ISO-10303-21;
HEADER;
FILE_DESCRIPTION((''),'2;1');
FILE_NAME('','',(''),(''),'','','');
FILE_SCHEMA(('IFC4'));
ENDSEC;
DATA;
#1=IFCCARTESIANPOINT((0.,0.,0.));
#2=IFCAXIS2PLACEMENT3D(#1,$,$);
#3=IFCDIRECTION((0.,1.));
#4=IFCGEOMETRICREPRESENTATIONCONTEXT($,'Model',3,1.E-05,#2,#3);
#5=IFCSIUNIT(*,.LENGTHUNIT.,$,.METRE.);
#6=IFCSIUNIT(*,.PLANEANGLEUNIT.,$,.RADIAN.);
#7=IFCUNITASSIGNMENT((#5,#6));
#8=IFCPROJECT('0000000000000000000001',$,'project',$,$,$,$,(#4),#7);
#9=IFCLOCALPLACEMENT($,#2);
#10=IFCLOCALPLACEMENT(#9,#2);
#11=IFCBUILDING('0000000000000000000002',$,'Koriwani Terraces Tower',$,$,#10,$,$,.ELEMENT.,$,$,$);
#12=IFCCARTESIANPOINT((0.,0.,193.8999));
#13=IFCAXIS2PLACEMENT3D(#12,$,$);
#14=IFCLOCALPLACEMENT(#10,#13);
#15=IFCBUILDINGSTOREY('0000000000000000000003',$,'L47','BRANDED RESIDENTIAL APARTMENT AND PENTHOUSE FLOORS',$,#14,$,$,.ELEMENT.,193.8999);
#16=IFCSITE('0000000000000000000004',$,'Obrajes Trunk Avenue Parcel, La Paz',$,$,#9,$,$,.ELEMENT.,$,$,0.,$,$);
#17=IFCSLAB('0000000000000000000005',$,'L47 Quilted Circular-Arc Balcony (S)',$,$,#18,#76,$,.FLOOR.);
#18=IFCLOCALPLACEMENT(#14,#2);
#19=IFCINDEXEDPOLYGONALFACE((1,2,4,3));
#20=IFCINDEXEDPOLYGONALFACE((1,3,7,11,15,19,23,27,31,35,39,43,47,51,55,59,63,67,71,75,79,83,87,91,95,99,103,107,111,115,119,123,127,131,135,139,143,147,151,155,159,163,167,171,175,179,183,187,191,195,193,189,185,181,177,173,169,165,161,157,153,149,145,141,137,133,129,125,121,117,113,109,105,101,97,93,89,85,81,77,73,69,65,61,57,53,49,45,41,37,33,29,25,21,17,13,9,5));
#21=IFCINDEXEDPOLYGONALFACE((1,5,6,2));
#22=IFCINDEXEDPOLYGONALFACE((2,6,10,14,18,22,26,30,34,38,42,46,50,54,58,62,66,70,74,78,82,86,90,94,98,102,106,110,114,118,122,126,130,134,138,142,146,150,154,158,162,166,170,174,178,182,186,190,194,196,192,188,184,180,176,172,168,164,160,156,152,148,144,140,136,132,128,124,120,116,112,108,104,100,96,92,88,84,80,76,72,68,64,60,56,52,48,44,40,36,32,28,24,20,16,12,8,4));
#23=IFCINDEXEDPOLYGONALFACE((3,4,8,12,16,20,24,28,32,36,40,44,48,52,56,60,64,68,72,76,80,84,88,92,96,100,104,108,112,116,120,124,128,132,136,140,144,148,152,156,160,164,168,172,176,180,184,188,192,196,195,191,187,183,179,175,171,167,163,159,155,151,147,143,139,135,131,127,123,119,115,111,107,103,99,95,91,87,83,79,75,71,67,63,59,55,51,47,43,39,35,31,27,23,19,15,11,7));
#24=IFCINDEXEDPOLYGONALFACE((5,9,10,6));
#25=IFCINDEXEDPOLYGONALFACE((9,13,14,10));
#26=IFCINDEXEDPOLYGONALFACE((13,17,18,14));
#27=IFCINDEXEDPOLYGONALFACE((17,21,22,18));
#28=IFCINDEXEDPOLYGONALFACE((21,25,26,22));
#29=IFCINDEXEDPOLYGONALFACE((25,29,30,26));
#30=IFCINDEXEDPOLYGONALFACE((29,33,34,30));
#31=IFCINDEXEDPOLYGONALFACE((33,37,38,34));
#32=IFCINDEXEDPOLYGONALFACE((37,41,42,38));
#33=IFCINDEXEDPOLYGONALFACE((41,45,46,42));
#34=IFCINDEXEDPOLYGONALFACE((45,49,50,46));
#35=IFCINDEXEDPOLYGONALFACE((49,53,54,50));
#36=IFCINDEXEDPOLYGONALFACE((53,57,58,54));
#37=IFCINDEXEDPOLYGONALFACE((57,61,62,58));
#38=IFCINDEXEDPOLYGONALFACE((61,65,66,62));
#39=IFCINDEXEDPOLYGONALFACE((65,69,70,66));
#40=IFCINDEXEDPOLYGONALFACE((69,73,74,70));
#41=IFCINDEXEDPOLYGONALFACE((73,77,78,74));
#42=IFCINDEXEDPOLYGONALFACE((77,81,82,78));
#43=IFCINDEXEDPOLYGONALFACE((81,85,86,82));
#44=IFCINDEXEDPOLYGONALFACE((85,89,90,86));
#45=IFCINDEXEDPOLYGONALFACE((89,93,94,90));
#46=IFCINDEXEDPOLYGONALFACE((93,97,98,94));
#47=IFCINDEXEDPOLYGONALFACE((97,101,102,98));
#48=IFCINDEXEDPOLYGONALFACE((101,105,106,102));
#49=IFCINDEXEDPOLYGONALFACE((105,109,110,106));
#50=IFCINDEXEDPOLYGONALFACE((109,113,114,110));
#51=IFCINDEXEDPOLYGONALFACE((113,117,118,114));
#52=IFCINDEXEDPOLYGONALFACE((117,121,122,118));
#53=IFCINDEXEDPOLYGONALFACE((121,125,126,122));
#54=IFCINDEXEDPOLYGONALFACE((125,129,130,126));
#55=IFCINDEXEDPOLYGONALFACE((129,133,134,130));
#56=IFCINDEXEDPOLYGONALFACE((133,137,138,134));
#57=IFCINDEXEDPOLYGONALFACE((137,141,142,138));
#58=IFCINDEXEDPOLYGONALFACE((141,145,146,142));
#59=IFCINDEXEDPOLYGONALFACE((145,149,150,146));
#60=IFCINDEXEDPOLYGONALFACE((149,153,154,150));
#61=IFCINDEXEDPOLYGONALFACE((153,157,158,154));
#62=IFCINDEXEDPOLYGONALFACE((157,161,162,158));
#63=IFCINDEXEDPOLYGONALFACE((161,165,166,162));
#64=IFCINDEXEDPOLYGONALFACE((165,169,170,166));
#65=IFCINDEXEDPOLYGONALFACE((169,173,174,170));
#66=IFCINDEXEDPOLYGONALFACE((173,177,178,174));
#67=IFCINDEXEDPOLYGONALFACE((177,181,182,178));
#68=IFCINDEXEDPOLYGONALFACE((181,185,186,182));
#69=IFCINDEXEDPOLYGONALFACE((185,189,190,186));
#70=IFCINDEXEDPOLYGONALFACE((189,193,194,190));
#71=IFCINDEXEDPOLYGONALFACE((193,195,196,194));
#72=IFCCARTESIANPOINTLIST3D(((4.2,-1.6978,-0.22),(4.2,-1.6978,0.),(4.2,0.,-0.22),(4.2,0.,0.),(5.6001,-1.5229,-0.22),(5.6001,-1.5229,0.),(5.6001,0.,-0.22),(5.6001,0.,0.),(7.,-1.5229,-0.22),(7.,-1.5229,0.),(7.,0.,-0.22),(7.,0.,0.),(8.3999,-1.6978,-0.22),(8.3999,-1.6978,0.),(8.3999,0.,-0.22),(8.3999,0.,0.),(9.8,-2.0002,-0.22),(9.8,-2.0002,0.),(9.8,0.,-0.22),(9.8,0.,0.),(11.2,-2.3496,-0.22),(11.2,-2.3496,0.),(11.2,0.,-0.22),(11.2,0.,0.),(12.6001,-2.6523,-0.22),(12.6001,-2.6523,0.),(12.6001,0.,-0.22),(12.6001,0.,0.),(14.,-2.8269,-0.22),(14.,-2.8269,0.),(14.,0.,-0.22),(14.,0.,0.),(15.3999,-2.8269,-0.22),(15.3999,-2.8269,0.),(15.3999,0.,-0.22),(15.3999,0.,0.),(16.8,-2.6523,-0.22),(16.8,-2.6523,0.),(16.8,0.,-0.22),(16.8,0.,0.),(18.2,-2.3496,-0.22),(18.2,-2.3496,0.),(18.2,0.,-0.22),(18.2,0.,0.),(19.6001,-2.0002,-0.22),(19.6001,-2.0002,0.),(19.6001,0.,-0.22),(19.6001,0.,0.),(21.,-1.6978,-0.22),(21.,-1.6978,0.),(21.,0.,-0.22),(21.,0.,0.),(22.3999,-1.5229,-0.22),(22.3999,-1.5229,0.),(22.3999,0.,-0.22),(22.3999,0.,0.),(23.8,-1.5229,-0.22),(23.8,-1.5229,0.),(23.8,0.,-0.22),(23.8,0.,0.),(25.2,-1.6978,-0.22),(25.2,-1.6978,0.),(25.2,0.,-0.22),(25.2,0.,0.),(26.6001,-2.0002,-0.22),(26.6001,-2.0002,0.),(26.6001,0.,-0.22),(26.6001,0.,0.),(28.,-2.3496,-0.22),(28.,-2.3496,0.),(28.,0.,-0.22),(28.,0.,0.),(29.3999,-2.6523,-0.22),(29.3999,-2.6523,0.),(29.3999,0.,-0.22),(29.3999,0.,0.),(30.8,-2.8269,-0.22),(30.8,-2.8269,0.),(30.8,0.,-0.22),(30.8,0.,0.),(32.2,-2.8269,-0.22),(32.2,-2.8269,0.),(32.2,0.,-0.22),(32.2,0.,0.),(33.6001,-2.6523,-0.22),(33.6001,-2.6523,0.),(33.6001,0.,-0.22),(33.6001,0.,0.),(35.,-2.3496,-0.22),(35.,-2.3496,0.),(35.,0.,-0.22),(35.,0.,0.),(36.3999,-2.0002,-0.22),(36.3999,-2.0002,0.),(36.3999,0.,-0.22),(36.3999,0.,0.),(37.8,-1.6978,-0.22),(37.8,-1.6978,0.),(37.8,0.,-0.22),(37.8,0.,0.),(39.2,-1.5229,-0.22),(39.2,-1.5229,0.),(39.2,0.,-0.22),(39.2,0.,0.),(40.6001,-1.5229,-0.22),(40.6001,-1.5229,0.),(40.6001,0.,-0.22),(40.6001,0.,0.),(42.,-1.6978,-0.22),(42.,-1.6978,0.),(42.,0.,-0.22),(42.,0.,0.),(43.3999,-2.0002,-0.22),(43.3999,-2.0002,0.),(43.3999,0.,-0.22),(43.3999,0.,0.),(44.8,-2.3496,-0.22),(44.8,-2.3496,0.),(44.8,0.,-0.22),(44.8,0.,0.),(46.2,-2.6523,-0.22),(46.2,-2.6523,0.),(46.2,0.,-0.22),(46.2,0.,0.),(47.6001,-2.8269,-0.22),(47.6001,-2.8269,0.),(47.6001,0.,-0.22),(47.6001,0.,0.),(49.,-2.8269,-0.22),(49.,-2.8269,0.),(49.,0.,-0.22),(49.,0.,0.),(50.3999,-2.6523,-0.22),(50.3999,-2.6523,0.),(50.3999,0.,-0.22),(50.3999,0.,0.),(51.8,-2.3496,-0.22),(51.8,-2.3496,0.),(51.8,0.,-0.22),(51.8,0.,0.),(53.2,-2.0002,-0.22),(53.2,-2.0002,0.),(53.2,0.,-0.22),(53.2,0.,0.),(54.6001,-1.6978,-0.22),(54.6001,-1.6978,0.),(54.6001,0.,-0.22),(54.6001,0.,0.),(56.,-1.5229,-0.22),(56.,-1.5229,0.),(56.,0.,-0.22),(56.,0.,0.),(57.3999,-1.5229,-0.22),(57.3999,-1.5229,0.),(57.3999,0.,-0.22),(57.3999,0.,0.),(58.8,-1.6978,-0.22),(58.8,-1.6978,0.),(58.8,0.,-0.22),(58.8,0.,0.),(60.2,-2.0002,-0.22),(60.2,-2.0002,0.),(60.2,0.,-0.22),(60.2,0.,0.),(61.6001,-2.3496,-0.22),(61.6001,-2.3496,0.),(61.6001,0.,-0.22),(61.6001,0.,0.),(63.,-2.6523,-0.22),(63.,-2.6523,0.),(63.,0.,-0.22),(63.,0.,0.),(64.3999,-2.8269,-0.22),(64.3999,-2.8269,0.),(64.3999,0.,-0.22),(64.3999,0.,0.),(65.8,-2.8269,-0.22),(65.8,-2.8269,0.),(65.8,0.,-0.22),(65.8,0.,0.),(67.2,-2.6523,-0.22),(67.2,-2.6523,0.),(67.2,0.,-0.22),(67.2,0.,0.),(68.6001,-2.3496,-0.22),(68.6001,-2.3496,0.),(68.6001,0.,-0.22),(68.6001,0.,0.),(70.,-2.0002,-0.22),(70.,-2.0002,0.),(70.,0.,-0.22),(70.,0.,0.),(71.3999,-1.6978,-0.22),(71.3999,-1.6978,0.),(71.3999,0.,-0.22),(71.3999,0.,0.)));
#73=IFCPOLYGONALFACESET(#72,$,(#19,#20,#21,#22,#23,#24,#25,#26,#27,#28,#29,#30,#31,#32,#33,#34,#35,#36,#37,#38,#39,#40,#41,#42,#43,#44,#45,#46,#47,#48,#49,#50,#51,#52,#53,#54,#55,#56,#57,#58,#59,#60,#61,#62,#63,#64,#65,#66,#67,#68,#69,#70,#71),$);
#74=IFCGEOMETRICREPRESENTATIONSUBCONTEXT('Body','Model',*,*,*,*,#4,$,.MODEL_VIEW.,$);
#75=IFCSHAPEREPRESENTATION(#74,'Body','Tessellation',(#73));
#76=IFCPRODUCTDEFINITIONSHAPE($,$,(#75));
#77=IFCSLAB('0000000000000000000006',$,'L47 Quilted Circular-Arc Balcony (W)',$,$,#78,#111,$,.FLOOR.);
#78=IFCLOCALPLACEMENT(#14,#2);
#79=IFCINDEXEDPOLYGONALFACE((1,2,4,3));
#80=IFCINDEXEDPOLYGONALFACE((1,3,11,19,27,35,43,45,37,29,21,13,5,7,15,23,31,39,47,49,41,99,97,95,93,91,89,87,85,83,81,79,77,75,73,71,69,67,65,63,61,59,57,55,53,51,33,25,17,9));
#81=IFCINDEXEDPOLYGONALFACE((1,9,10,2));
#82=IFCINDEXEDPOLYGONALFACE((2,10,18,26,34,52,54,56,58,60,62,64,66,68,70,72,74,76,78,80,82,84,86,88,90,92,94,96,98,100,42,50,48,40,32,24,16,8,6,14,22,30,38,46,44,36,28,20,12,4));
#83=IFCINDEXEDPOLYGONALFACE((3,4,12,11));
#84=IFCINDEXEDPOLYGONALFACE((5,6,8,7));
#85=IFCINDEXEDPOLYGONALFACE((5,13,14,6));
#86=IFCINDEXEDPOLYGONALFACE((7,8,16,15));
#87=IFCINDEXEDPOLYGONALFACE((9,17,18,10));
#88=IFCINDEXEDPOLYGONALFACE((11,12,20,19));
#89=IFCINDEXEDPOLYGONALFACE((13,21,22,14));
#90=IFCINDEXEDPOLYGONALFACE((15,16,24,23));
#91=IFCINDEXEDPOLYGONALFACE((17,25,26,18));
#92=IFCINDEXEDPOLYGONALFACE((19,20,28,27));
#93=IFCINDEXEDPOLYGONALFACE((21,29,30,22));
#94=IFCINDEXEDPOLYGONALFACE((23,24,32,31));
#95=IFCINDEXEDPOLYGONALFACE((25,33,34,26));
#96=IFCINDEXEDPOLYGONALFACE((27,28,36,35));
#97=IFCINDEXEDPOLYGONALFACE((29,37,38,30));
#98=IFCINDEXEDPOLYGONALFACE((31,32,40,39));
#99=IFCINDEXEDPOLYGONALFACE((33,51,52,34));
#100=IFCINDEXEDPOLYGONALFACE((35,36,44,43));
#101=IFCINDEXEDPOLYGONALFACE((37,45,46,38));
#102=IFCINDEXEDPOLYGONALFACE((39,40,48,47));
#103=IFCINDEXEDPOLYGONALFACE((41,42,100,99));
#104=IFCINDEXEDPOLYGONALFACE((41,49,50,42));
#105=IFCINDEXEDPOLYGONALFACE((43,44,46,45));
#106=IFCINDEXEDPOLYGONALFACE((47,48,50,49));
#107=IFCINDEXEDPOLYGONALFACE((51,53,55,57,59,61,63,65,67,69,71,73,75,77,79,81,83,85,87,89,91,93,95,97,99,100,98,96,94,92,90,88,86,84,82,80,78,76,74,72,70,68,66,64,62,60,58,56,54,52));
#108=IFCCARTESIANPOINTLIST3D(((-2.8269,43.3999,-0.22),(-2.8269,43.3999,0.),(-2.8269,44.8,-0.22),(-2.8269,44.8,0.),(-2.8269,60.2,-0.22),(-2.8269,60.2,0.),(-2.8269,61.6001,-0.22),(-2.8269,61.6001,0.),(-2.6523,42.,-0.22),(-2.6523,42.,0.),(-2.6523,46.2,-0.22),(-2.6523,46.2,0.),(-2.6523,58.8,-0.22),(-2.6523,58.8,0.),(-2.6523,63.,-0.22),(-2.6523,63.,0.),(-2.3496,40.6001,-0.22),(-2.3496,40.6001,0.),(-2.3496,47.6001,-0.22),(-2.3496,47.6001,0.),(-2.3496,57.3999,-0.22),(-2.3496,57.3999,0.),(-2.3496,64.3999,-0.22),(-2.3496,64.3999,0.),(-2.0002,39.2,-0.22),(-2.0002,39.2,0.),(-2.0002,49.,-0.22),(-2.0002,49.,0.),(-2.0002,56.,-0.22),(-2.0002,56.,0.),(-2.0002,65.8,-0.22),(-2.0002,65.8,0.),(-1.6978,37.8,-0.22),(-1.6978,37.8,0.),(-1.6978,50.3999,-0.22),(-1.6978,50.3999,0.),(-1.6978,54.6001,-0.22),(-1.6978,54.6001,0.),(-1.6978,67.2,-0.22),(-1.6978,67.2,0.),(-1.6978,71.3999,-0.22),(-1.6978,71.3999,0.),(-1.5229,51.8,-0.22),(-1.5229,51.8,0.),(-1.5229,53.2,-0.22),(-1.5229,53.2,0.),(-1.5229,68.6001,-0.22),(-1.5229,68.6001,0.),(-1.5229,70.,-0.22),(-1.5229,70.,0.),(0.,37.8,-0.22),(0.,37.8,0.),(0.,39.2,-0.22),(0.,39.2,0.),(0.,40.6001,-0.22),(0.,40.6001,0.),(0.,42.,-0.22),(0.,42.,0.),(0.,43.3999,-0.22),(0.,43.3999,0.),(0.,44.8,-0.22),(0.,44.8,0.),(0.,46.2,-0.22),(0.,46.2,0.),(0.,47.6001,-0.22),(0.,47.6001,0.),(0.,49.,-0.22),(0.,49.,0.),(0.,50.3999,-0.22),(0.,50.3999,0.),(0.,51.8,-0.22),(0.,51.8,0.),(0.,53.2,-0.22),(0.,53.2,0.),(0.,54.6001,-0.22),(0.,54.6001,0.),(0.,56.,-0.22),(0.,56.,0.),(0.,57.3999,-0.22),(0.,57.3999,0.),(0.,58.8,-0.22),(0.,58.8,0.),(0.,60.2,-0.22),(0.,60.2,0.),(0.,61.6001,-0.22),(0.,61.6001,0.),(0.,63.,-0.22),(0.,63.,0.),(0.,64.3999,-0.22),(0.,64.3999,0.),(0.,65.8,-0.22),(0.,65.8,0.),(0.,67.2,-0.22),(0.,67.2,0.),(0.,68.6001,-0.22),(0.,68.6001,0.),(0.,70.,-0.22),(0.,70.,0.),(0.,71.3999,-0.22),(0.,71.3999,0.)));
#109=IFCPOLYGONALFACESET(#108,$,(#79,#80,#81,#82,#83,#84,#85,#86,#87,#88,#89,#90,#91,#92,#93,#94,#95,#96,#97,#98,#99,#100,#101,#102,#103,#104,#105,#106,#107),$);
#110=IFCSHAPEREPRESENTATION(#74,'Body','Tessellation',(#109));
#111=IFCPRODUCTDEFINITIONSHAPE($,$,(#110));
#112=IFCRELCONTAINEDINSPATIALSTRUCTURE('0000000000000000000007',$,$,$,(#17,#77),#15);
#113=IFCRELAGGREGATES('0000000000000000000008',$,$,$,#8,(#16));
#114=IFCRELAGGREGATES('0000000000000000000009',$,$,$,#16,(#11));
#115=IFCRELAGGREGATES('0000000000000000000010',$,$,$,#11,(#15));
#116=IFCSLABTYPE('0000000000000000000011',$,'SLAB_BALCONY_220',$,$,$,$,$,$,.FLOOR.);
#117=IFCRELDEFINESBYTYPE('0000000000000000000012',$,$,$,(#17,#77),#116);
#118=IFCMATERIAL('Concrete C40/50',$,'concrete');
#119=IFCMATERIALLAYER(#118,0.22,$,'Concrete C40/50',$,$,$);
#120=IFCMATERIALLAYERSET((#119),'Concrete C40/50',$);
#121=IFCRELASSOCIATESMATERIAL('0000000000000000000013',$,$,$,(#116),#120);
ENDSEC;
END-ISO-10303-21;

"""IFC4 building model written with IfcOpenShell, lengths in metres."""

from ifc_helpers import new_model, si_unit, direction, frame, origin, place, context, subcontext, project, spatial, polyline, outline, extrude, material, layer, layer_set, type_object, element, save


model = new_model("IFC4")

# Units and contexts
model_context = context("Model", 3, precision=1e-05, world=origin(), true_north=direction((0.0, 1.0)))
body_context = subcontext(model_context, "Body", "Model", "MODEL_VIEW")
ifc_project = project(units=[si_unit("LENGTHUNIT", "METRE"), si_unit("PLANEANGLEUNIT", "RADIAN")], contexts=[model_context])

# Site, building, storey
site_placement = place(None, origin())
site = spatial("IfcSite", under=ifc_project, at=site_placement, Name="Obrajes Trunk Avenue Parcel, La Paz", CompositionType="ELEMENT", RefElevation=0.0)
building_placement = place(site_placement, origin())
building = spatial("IfcBuilding", under=site, at=building_placement, Name="Koriwani Terraces Tower", CompositionType="ELEMENT")
storey_placement = place(building_placement, frame((0.0, 0.0, 193.8999)))
storey = spatial("IfcBuildingStorey", under=building, at=storey_placement, Name="L47", Description="BRANDED RESIDENTIAL APARTMENT AND PENTHOUSE FLOORS", CompositionType="ELEMENT", Elevation=193.8999)

# Shared definitions
ifc_material_1 = material(Name="Concrete C40/50", Category="concrete")

# Slabs
ifc_layer_1 = layer(ifc_material_1, 0.22, Name="Concrete C40/50")
ifc_layer_set_1 = layer_set([ifc_layer_1], Name="Concrete C40/50")
slab_type_1 = type_object("IfcSlabType", Name="SLAB_BALCONY_220", PredefinedType="FLOOR", material=ifc_layer_set_1)
slab_1_placement = place(storey_placement, frame((0.0, 0.0, -0.22)))
element("IfcSlab", 1, at=slab_1_placement, inside=storey, type_object=slab_type_1, Name="L47 Quilted Circular-Arc Balcony (S)", PredefinedType="FLOOR", context=body_context, shape_type="SweptSolid", body=[
    extrude(outline(polyline([(4.2, 0.0), (5.6001, 0.0), (7.0, 0.0), (8.3999, 0.0), (9.8, 0.0), (11.2, 0.0), (12.6001, 0.0), (14.0, 0.0), (15.3999, 0.0), (16.8, 0.0), (18.2, 0.0), (19.6001, 0.0), (21.0, 0.0), (22.3999, 0.0), (23.8, 0.0), (25.2, 0.0), (26.6001, 0.0), (28.0, 0.0), (29.3999, 0.0), (30.8, 0.0), (32.2, 0.0), (33.6001, 0.0), (35.0, 0.0), (36.3999, 0.0), (37.8, 0.0), (39.2, 0.0), (40.6001, 0.0), (42.0, 0.0), (43.3999, 0.0), (44.8, 0.0), (46.2, 0.0), (47.6001, 0.0), (49.0, 0.0), (50.3999, 0.0), (51.8, 0.0), (53.2, 0.0), (54.6001, 0.0), (56.0, 0.0), (57.3999, 0.0), (58.8, 0.0), (60.2, 0.0), (61.6001, 0.0), (63.0, 0.0), (64.3999, 0.0), (65.8, 0.0), (67.2, 0.0), (68.6001, 0.0), (70.0, 0.0), (71.3999, 0.0), (71.3999, -1.6978), (70.0, -2.0002), (68.6001, -2.3496), (67.2, -2.6523), (65.8, -2.8269), (64.3999, -2.8269), (63.0, -2.6523), (61.6001, -2.3496), (60.2, -2.0002), (58.8, -1.6978), (57.3999, -1.5229), (56.0, -1.5229), (54.6001, -1.6978), (53.2, -2.0002), (51.8, -2.3496), (50.3999, -2.6523), (49.0, -2.8269), (47.6001, -2.8269), (46.2, -2.6523), (44.8, -2.3496), (43.3999, -2.0002), (42.0, -1.6978), (40.6001, -1.5229), (39.2, -1.5229), (37.8, -1.6978), (36.3999, -2.0002), (35.0, -2.3496), (33.6001, -2.6523), (32.2, -2.8269), (30.8, -2.8269), (29.3999, -2.6523), (28.0, -2.3496), (26.6001, -2.0002), (25.2, -1.6978), (23.8, -1.5229), (22.3999, -1.5229), (21.0, -1.6978), (19.6001, -2.0002), (18.2, -2.3496), (16.8, -2.6523), (15.3999, -2.8269), (14.0, -2.8269), (12.6001, -2.6523), (11.2, -2.3496), (9.8, -2.0002), (8.3999, -1.6978), (7.0, -1.5229), (5.6001, -1.5229), (4.2, -1.6978), (4.2, 0.0)])), origin(), (0.0, 0.0, 1.0), 0.22),
])
slab_2_placement = place(storey_placement, frame((0.0, 0.0, -0.22)))
element("IfcSlab", 2, at=slab_2_placement, inside=storey, type_object=slab_type_1, Name="L47 Quilted Circular-Arc Balcony (W)", PredefinedType="FLOOR", context=body_context, shape_type="SweptSolid", body=[
    extrude(outline(polyline([(0.0, 37.8), (0.0, 39.2), (0.0, 40.6001), (0.0, 42.0), (0.0, 43.3999), (0.0, 44.8), (0.0, 46.2), (0.0, 47.6001), (0.0, 49.0), (0.0, 50.3999), (0.0, 51.8), (0.0, 53.2), (0.0, 54.6001), (0.0, 56.0), (0.0, 57.3999), (0.0, 58.8), (0.0, 60.2), (0.0, 61.6001), (0.0, 63.0), (0.0, 64.3999), (0.0, 65.8), (0.0, 67.2), (0.0, 68.6001), (0.0, 70.0), (0.0, 71.3999), (-1.6978, 71.3999), (-1.5229, 70.0), (-1.5229, 68.6001), (-1.6978, 67.2), (-2.0002, 65.8), (-2.3496, 64.3999), (-2.6523, 63.0), (-2.8269, 61.6001), (-2.8269, 60.2), (-2.6523, 58.8), (-2.3496, 57.3999), (-2.0002, 56.0), (-1.6978, 54.6001), (-1.5229, 53.2), (-1.5229, 51.8), (-1.6978, 50.3999), (-2.0002, 49.0), (-2.3496, 47.6001), (-2.6523, 46.2), (-2.8269, 44.8), (-2.8269, 43.3999), (-2.6523, 42.0), (-2.3496, 40.6001), (-2.0002, 39.2), (-1.6978, 37.8), (0.0, 37.8)])), origin(), (0.0, 0.0, 1.0), 0.22),
])

save(model, "model.ifc")
